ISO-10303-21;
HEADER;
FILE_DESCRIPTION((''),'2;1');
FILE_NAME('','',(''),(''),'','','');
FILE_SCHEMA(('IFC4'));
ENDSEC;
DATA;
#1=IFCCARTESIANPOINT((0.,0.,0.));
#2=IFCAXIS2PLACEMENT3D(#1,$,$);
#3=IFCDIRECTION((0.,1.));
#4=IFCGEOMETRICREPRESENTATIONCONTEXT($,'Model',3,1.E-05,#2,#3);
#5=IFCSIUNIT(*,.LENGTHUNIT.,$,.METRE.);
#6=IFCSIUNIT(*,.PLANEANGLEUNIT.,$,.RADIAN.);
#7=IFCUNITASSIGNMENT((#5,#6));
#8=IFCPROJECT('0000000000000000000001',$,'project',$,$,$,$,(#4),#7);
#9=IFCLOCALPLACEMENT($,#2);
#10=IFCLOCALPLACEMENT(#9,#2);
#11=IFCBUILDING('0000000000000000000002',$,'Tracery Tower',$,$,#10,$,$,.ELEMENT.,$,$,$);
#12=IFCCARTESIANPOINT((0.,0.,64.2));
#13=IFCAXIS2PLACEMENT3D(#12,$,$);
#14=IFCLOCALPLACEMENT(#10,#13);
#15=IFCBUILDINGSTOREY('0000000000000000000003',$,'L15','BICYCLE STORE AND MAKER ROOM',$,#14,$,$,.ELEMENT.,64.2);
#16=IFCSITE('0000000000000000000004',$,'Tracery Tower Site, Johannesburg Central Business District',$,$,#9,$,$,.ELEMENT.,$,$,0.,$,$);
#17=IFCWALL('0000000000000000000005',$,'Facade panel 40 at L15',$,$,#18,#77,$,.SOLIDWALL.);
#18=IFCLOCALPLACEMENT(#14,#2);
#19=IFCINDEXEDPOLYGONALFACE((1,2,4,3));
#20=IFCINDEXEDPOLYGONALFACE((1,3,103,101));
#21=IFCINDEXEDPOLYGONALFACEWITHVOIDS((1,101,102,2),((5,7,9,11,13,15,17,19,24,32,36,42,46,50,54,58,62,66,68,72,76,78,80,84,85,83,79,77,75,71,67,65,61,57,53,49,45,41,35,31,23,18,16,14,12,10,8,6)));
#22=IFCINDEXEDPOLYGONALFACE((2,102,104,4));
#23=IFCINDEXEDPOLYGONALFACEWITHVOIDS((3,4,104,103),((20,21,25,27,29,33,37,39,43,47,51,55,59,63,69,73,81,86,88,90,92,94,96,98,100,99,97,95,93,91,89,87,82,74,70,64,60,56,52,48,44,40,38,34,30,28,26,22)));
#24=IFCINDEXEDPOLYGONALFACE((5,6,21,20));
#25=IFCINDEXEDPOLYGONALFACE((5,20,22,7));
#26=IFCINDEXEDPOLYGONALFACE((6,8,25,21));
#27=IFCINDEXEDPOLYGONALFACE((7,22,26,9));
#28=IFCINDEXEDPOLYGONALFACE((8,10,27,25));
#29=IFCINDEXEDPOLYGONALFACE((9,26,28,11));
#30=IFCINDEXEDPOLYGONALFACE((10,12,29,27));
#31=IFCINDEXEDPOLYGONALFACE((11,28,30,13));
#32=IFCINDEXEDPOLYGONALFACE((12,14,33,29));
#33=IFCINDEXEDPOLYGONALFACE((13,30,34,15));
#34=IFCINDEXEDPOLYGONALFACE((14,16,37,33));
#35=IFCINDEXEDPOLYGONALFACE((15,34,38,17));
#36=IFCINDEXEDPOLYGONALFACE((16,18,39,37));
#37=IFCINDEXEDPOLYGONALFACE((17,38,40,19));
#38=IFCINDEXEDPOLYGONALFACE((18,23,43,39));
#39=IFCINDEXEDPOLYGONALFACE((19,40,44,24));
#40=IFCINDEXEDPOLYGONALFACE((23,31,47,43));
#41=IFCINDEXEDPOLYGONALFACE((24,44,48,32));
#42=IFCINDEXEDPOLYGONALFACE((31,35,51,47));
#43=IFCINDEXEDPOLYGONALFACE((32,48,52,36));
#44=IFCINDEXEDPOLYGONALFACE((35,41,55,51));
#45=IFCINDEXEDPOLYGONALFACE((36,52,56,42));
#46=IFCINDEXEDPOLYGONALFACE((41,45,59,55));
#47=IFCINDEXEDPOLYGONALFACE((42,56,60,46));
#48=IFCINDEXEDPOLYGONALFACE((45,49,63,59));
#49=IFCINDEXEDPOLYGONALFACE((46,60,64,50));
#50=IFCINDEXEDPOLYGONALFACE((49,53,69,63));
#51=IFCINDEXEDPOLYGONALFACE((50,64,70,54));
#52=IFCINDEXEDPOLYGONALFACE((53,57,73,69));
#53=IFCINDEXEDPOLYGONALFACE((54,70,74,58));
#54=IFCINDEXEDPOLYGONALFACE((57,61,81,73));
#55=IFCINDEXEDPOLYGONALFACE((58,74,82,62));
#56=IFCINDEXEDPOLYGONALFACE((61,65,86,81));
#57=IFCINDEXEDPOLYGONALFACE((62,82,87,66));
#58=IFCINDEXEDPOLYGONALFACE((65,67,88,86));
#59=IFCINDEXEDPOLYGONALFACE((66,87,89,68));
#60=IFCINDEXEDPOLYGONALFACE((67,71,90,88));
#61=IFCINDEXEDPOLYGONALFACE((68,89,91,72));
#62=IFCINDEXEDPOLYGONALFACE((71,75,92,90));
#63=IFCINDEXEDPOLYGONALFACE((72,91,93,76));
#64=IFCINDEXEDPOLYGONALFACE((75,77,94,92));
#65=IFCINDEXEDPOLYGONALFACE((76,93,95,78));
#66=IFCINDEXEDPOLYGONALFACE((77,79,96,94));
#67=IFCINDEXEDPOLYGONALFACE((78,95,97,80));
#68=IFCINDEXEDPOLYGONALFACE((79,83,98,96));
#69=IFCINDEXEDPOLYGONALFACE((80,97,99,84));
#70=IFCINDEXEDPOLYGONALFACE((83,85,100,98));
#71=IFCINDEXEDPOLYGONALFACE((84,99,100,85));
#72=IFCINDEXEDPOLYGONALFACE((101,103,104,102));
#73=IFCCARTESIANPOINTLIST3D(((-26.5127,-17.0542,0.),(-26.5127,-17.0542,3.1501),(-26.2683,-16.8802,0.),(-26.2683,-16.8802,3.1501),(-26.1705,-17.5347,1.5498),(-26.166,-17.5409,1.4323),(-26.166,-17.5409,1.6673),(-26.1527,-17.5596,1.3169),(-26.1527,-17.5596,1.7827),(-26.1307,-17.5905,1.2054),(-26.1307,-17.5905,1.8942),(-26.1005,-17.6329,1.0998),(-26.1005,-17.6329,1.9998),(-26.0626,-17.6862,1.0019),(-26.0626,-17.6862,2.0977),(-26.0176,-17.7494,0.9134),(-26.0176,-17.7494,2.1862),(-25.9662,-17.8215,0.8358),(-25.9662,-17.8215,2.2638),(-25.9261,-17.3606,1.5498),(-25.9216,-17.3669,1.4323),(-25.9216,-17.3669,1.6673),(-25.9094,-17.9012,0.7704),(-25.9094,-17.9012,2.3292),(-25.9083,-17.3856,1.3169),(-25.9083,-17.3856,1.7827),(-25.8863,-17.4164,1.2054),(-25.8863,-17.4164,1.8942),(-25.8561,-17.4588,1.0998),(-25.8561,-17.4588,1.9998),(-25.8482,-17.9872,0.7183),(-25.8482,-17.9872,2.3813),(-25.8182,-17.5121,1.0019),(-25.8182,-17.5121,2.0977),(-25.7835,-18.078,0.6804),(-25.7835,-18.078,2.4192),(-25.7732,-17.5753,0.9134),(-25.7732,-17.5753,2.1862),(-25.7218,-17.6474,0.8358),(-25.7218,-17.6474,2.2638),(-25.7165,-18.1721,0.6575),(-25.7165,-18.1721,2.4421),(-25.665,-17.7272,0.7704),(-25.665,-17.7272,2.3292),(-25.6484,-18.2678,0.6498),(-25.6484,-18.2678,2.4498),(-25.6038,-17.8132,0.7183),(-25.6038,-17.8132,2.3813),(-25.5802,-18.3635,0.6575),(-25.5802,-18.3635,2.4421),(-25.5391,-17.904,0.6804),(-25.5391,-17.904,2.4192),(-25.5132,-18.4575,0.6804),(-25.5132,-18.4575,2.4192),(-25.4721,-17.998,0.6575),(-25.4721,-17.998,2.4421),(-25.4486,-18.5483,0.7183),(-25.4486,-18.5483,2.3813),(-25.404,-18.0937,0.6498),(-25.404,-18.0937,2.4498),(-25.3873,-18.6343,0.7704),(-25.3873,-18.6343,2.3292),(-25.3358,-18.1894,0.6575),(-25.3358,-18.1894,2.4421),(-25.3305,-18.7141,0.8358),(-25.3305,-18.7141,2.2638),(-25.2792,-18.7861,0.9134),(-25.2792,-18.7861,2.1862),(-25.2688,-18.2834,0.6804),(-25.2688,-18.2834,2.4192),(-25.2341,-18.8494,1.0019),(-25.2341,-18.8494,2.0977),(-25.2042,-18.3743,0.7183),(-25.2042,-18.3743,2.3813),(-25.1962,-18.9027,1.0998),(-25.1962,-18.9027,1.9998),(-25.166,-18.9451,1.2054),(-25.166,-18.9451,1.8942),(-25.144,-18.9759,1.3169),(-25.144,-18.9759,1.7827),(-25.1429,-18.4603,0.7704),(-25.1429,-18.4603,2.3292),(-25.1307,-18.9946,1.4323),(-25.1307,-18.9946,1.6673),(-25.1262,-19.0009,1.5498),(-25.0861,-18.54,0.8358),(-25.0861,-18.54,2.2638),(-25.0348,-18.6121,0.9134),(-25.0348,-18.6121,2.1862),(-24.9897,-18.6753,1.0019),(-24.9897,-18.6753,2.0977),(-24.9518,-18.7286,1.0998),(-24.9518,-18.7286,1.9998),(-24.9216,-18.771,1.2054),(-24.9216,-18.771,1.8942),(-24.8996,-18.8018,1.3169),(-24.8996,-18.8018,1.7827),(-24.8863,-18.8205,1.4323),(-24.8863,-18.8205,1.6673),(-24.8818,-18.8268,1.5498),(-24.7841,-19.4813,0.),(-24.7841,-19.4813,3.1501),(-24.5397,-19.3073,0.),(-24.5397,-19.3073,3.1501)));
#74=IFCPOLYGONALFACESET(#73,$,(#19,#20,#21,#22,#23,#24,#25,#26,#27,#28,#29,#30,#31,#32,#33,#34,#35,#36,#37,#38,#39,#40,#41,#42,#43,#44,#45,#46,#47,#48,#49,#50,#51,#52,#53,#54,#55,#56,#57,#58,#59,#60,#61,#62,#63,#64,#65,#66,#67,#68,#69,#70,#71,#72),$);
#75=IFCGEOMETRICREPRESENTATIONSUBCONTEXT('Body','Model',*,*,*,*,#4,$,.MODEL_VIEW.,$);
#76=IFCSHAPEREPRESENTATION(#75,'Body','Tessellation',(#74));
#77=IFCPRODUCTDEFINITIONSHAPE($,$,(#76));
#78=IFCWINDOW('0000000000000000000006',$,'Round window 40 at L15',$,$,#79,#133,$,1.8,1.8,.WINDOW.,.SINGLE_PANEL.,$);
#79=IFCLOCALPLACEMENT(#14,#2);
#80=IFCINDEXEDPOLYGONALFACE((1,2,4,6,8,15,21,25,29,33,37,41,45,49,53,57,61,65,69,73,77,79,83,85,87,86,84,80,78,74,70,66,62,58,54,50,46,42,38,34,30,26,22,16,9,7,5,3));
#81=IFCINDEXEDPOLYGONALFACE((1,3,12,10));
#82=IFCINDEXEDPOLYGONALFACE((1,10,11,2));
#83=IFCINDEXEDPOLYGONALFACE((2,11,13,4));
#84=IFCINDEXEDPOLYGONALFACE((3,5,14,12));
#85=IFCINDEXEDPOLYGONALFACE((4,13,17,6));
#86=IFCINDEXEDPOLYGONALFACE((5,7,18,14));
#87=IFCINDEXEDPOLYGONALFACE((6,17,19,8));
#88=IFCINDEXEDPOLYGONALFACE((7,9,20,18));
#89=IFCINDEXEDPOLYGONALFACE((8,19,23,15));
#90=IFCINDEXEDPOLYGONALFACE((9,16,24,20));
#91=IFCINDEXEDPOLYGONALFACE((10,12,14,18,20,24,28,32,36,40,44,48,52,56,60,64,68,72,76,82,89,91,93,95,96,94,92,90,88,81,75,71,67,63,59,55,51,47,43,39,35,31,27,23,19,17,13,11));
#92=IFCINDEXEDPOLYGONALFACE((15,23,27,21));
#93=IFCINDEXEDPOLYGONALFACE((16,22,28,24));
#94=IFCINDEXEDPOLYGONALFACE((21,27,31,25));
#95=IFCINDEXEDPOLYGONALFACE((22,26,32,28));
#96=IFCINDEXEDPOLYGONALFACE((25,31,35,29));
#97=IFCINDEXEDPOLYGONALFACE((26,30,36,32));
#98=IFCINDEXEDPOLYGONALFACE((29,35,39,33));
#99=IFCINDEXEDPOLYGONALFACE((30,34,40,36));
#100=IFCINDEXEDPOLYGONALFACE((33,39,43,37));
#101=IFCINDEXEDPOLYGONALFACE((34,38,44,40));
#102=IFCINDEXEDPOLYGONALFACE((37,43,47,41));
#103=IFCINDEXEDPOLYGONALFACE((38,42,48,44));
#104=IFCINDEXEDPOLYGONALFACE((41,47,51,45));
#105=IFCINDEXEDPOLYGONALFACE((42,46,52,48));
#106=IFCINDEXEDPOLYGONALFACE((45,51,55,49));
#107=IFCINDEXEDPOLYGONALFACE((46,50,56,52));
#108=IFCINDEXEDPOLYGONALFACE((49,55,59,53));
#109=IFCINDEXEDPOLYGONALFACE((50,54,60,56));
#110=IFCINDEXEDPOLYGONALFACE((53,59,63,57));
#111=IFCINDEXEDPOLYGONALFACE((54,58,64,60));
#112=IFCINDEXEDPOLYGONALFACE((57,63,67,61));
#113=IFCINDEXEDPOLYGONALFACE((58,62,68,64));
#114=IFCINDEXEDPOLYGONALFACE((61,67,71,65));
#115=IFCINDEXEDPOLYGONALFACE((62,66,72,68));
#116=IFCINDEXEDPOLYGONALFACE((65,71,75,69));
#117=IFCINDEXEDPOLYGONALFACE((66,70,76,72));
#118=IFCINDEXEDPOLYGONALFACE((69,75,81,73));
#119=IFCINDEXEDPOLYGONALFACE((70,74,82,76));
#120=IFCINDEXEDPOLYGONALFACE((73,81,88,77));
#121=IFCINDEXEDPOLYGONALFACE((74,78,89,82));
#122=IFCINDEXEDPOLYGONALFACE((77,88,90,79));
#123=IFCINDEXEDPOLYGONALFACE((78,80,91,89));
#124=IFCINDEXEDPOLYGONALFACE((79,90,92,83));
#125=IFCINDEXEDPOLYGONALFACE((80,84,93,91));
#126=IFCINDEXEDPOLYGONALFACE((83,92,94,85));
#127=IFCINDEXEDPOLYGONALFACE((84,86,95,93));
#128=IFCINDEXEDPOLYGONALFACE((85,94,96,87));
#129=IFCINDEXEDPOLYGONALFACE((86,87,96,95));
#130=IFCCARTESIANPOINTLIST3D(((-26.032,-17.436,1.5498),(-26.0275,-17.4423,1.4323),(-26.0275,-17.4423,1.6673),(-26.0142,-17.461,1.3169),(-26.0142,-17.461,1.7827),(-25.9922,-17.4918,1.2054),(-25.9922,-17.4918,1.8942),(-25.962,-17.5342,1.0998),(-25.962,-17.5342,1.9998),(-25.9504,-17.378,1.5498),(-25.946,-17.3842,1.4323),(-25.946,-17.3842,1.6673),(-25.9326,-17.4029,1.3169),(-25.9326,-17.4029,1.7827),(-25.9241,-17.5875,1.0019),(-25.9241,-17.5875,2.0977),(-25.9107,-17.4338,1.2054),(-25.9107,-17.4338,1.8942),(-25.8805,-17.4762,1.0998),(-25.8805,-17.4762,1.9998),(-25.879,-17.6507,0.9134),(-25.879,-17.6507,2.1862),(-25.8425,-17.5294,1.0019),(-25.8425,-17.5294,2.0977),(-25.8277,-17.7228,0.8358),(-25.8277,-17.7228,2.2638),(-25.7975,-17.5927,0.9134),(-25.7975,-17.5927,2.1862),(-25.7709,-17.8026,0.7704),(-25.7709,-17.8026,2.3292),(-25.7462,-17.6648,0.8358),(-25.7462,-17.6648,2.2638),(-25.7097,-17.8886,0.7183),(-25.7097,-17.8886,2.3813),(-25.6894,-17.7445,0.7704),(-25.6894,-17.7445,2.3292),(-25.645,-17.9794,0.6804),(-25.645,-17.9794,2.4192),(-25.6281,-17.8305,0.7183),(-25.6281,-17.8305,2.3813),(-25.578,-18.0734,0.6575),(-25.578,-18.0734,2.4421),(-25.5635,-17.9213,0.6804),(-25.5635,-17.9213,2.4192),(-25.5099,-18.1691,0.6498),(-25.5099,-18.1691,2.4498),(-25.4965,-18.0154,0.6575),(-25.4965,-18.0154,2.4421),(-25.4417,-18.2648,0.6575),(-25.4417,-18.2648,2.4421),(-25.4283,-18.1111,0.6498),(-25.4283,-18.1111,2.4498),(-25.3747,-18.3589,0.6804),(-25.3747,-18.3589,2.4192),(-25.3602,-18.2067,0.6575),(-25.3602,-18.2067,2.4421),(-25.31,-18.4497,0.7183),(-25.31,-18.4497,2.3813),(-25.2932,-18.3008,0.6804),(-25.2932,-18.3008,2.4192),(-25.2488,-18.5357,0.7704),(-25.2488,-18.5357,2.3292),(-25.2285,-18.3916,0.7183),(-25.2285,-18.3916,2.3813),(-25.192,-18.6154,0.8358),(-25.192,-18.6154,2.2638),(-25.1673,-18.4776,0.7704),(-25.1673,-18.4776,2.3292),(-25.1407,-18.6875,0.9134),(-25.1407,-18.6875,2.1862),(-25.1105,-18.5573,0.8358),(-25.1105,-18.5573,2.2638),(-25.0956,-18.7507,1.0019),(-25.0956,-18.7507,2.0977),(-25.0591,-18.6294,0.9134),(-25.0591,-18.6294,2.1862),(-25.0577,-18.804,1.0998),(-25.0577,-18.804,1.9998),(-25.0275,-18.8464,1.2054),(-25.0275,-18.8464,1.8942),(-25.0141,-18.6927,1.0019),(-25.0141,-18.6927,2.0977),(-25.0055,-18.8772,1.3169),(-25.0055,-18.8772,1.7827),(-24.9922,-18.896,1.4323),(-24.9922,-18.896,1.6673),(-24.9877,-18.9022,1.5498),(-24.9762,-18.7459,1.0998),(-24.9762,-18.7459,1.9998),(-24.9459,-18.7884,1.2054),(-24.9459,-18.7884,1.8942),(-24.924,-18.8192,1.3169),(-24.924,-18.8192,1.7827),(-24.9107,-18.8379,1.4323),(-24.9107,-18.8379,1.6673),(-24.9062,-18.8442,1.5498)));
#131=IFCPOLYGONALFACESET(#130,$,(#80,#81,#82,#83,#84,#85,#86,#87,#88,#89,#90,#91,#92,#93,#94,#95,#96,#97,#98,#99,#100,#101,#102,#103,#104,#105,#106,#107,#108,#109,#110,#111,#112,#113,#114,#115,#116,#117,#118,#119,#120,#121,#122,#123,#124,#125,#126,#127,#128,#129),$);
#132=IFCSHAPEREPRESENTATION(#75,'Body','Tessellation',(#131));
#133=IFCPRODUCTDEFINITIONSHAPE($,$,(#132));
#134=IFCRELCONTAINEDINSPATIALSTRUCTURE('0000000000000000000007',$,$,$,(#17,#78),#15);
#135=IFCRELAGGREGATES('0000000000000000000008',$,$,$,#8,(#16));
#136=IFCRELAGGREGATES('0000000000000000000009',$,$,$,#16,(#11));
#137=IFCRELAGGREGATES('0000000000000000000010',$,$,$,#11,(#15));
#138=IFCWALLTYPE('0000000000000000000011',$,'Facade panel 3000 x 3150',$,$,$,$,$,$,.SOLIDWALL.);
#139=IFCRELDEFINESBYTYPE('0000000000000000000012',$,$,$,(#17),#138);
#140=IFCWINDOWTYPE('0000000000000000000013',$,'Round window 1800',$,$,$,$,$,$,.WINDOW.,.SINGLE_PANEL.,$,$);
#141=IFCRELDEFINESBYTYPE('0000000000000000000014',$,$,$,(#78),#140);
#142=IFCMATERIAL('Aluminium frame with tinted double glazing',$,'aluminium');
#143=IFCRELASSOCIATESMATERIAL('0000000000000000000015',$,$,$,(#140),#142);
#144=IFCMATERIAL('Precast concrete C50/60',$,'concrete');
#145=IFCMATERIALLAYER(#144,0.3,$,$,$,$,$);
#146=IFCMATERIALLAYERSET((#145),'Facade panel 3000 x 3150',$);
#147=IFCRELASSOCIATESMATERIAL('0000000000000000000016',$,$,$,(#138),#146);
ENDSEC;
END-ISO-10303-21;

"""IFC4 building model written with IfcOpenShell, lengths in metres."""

from ifc_helpers import new_model, si_unit, direction, frame, frame_2d, origin, origin_2d, place, context, subcontext, project, spatial, rectangle, circle, extrude, material, layer, layer_set, type_object, element, fill, save


model = new_model("IFC4")

# Units and contexts
model_context = context("Model", 3, precision=1e-05, world=origin(), true_north=direction((0.0, 1.0)))
body_context = subcontext(model_context, "Body", "Model", "MODEL_VIEW")
ifc_project = project(units=[si_unit("LENGTHUNIT", "METRE"), si_unit("PLANEANGLEUNIT", "RADIAN")], contexts=[model_context])

# Site, building, storey
site_placement = place(None, origin())
site = spatial("IfcSite", under=ifc_project, at=site_placement, Name="Tracery Tower Site, Johannesburg Central Business District", CompositionType="ELEMENT", RefElevation=0.0)
building_placement = place(site_placement, origin())
building = spatial("IfcBuilding", under=site, at=building_placement, Name="Tracery Tower", CompositionType="ELEMENT")
storey_placement = place(building_placement, frame((0.0, 0.0, 64.2)))
storey = spatial("IfcBuildingStorey", under=building, at=storey_placement, Name="L15", Description="BICYCLE STORE AND MAKER ROOM", CompositionType="ELEMENT", Elevation=64.2)

# Wall, opening, window
ifc_material_1 = material(Name="Aluminium frame with tinted double glazing", Category="aluminium")
window_type = type_object("IfcWindowType", Name="Round window 1800", PartitioningType="SINGLE_PANEL", PredefinedType="WINDOW", material=ifc_material_1)
ifc_material_2 = material(Name="Precast concrete C50/60", Category="concrete")
ifc_layer_1 = layer(ifc_material_2, 0.3)
ifc_layer_set_1 = layer_set([ifc_layer_1], Name="Facade panel 3000 x 3150")
wall_type_1 = type_object("IfcWallType", Name="Facade panel 3000 x 3150", PredefinedType="SOLIDWALL", material=ifc_layer_set_1)
wall_1_placement = place(storey_placement, frame((-26.3904, -16.9673, 0.0), z_axis=(0.0, 0.0, 1.0), x_axis=(0.580114, -0.814535, 0.0)))
wall_1 = element("IfcWall", 1, at=wall_1_placement, inside=storey, type_object=wall_type_1, Name="Facade panel 40 at L15", PredefinedType="SOLIDWALL", context=body_context, shape_type="SweptSolid", body=[
    extrude(rectangle(XDim=2.9797, YDim=0.3, at=frame_2d((1.4897, 0.0))), origin(), (0.0, 0.0, 1.0), 3.1501),
])
opening_1_placement = place(wall_1_placement, frame((1.4897, 0.0, 1.5498)))
opening_1 = element("IfcOpeningElement", 2, at=opening_1_placement, cuts=wall_1, PredefinedType="OPENING", context=body_context, shape_type="SweptSolid", body=[
    extrude(circle(Radius=0.9, at=origin_2d()), frame((0.0, 0.1599, 0.0), z_axis=(0.0, -1.0, 0.0), x_axis=(1.0, 0.0, 0.0)), (0.0, 0.0, 1.0), 0.3201),
])
window_1_placement = place(opening_1_placement, origin())
window_1 = element("IfcWindow", 3, at=window_1_placement, inside=storey, type_object=window_type, Name="Round window 40 at L15", OverallHeight=1.8, OverallWidth=1.8, PartitioningType="SINGLE_PANEL", PredefinedType="WINDOW", context=body_context, shape_type="SweptSolid", body=[
    extrude(circle(Radius=0.9, at=origin_2d()), frame((0.0, 0.1201, 0.0), z_axis=(0.0, -1.0, 0.0), x_axis=(1.0, 0.0, 0.0)), (0.0, 0.0, 1.0), 0.1001),
])
fill(opening_1, window_1)

save(model, "model.ifc")
